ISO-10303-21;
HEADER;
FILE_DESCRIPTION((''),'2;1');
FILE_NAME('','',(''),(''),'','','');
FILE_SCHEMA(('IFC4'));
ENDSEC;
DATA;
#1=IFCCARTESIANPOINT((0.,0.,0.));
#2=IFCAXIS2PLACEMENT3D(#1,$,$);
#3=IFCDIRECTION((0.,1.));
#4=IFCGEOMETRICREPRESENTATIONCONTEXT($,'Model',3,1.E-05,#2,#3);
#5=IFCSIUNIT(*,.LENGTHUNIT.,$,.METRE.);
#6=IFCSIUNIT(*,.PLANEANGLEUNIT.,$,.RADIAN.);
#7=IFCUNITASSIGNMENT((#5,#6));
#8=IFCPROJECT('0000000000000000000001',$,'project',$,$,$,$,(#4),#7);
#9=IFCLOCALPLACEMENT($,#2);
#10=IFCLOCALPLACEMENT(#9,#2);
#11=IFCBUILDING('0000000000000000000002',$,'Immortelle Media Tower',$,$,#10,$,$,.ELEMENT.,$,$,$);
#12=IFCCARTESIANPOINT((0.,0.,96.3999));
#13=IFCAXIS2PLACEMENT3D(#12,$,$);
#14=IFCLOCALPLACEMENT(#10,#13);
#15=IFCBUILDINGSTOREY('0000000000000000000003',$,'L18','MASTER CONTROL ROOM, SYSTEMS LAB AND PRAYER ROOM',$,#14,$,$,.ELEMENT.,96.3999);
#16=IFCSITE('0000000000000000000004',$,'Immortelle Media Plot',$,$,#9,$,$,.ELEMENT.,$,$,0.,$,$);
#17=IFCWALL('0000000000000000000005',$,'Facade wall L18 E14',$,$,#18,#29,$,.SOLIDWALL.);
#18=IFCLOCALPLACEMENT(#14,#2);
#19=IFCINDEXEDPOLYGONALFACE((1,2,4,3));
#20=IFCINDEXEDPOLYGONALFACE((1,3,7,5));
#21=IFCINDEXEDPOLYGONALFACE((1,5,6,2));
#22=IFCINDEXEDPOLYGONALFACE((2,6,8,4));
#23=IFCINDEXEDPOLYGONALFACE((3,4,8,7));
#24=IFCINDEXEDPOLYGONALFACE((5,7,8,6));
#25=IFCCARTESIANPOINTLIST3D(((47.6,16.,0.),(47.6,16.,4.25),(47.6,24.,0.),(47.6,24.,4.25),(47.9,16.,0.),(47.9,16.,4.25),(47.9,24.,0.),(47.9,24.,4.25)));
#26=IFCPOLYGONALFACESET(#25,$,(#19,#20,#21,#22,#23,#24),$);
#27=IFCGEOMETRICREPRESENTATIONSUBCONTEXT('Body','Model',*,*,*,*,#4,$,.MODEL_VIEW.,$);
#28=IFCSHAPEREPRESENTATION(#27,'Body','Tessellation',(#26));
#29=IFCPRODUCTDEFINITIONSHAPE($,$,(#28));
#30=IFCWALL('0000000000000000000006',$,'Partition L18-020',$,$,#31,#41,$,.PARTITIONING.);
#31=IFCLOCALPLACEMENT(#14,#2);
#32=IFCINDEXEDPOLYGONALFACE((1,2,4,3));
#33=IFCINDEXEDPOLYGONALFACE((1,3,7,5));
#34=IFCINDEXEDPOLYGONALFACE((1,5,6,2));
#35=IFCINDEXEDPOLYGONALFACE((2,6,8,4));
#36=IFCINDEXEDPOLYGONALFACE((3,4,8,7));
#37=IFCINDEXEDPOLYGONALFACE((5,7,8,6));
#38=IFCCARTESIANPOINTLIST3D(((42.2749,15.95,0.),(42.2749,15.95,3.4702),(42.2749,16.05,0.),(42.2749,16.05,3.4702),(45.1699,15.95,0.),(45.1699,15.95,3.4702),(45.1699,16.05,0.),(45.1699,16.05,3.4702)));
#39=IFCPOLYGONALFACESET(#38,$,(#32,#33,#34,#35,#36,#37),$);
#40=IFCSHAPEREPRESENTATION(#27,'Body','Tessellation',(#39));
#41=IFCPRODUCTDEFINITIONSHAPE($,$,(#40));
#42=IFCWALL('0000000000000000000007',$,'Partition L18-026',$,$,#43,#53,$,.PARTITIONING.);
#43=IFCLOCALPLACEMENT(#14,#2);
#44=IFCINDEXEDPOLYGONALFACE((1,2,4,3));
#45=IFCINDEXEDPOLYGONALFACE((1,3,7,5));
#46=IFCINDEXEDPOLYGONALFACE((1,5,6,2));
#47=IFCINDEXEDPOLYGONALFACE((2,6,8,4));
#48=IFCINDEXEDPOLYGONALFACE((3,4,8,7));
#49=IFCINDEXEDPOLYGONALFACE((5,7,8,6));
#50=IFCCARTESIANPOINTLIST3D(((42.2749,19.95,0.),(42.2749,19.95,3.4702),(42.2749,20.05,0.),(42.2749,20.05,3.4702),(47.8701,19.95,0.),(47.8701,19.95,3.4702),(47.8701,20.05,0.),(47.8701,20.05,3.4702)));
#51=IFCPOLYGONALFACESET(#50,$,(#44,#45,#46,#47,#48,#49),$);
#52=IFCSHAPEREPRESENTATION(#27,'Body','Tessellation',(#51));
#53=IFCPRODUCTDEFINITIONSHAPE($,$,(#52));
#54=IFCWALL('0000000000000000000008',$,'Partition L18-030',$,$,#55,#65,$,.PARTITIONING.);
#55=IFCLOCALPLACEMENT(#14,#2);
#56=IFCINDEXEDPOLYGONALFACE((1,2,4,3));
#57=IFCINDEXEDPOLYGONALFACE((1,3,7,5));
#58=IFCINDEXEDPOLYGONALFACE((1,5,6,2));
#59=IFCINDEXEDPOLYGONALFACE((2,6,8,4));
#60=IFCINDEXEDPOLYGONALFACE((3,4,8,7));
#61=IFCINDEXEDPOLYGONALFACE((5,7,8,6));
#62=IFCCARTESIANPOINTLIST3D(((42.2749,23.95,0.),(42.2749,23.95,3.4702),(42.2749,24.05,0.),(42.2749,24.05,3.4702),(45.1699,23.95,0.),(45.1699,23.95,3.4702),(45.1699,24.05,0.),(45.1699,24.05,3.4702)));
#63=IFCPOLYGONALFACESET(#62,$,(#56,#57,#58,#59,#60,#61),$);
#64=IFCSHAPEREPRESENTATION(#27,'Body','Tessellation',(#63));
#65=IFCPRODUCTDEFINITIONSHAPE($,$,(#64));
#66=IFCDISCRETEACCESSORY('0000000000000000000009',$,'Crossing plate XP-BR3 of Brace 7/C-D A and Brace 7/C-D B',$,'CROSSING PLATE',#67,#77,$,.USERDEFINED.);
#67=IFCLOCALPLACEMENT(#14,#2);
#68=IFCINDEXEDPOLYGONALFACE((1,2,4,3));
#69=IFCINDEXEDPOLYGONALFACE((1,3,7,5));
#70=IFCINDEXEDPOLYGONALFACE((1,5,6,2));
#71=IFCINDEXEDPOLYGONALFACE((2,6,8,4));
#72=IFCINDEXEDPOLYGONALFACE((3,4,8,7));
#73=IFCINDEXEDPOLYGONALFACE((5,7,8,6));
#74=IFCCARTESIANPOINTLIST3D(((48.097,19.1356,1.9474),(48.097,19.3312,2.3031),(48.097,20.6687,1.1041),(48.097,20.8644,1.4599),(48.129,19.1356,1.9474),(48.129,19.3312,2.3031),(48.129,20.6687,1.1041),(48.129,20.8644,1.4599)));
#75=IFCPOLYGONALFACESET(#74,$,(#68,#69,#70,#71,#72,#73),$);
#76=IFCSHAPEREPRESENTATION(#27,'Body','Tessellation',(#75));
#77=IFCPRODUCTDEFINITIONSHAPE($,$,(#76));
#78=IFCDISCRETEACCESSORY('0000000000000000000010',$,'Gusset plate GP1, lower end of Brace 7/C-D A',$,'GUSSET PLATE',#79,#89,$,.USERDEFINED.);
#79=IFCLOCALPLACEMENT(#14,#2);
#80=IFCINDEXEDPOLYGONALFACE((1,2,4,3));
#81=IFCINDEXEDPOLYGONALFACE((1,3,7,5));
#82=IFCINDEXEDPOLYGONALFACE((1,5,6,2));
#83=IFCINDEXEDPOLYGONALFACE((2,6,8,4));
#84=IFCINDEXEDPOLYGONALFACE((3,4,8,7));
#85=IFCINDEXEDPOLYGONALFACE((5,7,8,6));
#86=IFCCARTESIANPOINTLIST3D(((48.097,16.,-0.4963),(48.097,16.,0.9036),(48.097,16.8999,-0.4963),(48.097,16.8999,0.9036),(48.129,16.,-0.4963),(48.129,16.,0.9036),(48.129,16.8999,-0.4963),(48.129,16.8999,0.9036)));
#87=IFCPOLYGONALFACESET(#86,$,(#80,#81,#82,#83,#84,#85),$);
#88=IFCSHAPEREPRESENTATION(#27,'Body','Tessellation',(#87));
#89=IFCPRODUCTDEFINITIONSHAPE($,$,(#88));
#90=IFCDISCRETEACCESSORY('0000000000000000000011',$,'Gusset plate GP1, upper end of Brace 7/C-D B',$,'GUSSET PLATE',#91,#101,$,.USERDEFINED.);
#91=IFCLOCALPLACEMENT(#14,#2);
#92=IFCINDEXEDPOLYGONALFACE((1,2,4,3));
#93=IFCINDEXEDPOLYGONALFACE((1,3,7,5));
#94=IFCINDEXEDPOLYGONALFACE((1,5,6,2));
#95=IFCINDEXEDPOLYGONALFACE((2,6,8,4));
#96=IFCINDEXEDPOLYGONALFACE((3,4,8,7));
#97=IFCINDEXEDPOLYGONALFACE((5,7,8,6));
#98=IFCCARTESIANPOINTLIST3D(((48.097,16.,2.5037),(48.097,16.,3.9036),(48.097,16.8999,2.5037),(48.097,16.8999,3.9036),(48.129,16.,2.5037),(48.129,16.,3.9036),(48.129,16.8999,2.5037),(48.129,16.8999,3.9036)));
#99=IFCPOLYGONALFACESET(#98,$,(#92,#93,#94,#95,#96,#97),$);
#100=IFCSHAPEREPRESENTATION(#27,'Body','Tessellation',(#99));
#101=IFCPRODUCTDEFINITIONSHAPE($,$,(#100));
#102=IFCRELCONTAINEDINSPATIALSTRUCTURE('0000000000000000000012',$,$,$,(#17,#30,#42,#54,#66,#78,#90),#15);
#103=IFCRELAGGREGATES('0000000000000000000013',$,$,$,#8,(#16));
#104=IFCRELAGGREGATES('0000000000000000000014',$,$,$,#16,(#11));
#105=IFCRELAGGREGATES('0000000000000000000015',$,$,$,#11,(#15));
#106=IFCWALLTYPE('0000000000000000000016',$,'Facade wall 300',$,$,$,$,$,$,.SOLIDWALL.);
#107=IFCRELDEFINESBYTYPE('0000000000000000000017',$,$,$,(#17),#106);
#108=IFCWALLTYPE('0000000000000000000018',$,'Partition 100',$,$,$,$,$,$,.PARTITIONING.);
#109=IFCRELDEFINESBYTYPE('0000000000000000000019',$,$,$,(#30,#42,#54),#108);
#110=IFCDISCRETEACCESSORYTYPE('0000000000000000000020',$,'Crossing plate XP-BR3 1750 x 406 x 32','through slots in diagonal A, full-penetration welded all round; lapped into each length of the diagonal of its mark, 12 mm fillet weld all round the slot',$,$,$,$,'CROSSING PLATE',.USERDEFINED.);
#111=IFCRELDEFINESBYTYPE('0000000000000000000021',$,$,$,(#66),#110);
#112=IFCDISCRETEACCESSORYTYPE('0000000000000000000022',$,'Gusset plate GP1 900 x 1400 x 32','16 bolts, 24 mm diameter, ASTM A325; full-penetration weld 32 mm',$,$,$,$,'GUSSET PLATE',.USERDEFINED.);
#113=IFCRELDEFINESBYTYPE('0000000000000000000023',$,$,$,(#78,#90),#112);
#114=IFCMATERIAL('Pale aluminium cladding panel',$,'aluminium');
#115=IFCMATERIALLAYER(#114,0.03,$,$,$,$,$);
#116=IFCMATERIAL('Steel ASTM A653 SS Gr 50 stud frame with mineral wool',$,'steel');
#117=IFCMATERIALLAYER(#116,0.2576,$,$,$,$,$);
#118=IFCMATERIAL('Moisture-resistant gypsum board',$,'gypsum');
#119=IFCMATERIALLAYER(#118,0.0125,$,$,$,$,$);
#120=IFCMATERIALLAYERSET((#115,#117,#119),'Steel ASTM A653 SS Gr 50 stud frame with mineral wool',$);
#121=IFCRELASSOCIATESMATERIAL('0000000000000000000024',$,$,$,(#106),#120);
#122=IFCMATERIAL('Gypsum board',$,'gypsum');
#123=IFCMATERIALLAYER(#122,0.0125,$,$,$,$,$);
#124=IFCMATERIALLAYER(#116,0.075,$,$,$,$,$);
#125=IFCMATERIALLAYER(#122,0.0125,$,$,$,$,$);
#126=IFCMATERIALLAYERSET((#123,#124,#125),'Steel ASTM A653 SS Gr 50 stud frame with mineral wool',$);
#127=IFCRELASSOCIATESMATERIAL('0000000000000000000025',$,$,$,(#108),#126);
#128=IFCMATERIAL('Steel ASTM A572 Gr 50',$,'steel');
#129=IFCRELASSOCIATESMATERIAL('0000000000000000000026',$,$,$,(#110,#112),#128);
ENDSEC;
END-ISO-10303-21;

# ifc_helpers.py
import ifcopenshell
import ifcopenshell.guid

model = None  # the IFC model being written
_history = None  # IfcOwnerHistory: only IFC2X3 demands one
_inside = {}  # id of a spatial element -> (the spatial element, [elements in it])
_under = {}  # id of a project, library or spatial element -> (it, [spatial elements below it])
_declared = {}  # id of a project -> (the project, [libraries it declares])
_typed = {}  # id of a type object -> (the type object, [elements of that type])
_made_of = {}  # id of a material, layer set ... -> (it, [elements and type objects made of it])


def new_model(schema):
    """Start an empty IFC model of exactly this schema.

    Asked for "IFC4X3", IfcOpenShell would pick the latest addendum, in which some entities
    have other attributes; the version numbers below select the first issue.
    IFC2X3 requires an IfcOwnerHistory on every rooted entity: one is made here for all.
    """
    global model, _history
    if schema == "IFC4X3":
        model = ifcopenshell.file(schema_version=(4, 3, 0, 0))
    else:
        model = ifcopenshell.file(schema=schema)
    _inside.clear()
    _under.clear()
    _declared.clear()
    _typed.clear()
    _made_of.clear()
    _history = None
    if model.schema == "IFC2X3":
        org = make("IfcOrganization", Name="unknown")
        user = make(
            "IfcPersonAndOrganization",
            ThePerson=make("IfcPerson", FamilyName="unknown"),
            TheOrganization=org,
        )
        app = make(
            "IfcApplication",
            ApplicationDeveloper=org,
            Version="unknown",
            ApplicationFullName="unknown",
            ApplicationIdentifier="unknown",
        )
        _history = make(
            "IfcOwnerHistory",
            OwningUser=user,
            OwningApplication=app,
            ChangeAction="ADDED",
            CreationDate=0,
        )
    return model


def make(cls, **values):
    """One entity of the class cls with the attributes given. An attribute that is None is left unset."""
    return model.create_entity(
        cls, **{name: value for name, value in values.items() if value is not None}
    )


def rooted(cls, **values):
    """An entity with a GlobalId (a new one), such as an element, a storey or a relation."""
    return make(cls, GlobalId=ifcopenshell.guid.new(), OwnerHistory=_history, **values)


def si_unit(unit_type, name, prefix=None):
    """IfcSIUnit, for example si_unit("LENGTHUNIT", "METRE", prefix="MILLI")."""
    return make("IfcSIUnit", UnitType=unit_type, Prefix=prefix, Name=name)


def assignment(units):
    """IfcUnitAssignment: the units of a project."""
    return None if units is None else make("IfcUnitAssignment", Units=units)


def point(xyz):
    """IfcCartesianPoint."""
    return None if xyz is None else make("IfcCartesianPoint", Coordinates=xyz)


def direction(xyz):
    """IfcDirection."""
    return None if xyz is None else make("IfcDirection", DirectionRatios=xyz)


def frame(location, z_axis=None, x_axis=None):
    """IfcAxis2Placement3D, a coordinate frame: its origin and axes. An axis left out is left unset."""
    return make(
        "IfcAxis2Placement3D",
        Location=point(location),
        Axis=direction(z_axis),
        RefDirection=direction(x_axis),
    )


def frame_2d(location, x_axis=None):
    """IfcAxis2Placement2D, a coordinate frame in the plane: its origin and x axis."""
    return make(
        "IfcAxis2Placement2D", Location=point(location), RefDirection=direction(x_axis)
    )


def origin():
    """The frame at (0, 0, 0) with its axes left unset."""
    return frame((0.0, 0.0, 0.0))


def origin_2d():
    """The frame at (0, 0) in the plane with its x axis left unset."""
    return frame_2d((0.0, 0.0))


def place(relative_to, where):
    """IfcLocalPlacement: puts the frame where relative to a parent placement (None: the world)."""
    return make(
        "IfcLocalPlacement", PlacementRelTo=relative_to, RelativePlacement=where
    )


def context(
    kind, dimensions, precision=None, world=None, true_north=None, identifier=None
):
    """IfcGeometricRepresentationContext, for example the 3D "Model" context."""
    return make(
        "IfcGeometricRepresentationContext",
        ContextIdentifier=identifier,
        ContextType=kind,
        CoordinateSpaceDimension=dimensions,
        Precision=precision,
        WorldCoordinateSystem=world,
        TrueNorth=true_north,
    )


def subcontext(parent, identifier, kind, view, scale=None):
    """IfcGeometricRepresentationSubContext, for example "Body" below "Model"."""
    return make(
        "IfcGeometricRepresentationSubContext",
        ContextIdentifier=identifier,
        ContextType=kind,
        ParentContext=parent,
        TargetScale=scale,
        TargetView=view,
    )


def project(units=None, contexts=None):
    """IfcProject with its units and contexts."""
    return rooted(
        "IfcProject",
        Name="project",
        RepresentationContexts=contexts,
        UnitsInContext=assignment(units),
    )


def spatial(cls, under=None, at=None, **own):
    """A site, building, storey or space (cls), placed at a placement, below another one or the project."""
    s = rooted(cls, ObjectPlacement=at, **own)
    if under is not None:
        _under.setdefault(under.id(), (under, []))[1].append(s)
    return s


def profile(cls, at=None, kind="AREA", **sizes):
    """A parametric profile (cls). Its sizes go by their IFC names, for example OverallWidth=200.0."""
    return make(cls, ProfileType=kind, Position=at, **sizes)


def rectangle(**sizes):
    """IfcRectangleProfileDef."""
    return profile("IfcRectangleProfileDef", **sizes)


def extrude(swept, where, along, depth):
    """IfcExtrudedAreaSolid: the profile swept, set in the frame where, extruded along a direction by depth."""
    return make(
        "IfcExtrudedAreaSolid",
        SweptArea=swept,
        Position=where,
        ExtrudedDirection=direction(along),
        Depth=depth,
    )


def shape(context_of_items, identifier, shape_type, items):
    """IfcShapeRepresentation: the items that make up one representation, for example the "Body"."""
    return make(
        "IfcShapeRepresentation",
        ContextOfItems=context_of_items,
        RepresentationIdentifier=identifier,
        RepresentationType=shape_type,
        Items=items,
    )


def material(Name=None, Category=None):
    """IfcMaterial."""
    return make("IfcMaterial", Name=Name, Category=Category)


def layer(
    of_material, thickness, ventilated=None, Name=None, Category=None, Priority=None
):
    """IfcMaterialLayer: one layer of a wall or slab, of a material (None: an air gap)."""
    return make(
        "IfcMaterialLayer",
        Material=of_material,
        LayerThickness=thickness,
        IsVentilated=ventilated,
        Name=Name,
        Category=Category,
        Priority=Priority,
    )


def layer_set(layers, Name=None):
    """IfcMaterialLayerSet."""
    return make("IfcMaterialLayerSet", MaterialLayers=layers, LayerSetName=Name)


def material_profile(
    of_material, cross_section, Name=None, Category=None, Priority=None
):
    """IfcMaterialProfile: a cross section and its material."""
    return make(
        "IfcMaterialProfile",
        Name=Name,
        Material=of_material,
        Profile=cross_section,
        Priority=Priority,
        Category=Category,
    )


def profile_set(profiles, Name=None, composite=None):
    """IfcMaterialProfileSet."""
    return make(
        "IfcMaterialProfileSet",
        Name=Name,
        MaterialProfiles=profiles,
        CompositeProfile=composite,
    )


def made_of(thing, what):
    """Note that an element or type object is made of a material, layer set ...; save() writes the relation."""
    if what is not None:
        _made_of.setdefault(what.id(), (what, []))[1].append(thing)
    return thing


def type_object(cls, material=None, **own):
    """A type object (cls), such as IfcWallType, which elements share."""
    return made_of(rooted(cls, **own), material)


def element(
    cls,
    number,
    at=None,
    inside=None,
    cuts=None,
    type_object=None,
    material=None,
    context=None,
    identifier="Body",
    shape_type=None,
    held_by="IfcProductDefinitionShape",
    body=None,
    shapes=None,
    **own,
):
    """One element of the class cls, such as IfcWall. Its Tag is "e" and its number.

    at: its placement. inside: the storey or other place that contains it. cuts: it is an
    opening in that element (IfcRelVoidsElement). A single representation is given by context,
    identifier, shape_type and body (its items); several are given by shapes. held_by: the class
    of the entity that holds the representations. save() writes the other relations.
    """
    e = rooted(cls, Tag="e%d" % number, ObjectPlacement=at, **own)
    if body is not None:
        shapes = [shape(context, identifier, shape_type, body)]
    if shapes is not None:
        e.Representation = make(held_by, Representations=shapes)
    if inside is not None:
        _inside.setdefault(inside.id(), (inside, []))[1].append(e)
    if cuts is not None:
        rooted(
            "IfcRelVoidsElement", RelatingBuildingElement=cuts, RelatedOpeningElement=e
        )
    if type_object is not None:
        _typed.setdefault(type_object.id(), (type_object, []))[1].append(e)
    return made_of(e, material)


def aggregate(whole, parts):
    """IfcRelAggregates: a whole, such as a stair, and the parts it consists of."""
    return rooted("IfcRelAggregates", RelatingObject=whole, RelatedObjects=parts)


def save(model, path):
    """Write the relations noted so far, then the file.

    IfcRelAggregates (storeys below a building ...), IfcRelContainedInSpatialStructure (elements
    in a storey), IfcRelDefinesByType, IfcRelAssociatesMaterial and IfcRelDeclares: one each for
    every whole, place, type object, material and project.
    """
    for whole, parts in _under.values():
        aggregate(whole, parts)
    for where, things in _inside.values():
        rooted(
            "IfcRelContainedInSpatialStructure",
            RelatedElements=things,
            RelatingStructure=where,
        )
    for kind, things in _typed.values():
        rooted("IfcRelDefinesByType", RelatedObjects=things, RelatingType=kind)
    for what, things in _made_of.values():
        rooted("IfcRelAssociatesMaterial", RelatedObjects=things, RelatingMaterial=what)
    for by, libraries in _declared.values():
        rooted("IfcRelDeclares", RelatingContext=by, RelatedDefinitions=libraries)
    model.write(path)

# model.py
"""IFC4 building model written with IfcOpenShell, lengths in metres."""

from ifc_helpers import new_model, si_unit, direction, frame, frame_2d, origin, origin_2d, place, context, subcontext, project, spatial, rectangle, extrude, material, layer, layer_set, material_profile, profile_set, type_object, element, save


model = new_model("IFC4")

# Units and contexts
model_context = context("Model", 3, precision=1e-05, world=origin(), true_north=direction((0.0, 1.0)))
body_context = subcontext(model_context, "Body", "Model", "MODEL_VIEW")
ifc_project = project(units=[si_unit("LENGTHUNIT", "METRE"), si_unit("PLANEANGLEUNIT", "RADIAN")], contexts=[model_context])

# Site, building, storey
site_placement = place(None, origin())
site = spatial("IfcSite", under=ifc_project, at=site_placement, Name="Immortelle Media Plot", CompositionType="ELEMENT", RefElevation=0.0)
building_placement = place(site_placement, origin())
building = spatial("IfcBuilding", under=site, at=building_placement, Name="Immortelle Media Tower", CompositionType="ELEMENT")
storey_placement = place(building_placement, frame((0.0, 0.0, 96.3999)))
storey = spatial("IfcBuildingStorey", under=building, at=storey_placement, Name="L18", Description="MASTER CONTROL ROOM, SYSTEMS LAB AND PRAYER ROOM", CompositionType="ELEMENT", Elevation=96.3999)

# Shared definitions
ifc_material_1 = material(Name="Steel ASTM A653 SS Gr 50 stud frame with mineral wool", Category="steel")

# Walls
ifc_material_2 = material(Name="Pale aluminium cladding panel", Category="aluminium")
ifc_layer_1 = layer(ifc_material_2, 0.03)
ifc_layer_2 = layer(ifc_material_1, 0.2576)
ifc_material_3 = material(Name="Moisture-resistant gypsum board", Category="gypsum")
ifc_layer_3 = layer(ifc_material_3, 0.0125)
ifc_layer_set_1 = layer_set([ifc_layer_1, ifc_layer_2, ifc_layer_3], Name="Steel ASTM A653 SS Gr 50 stud frame with mineral wool")
wall_type_1 = type_object("IfcWallType", Name="Facade wall 300", PredefinedType="SOLIDWALL", material=ifc_layer_set_1)
wall_1_placement = place(storey_placement, frame((47.75, 16.0, 0.0), z_axis=(0.0, 0.0, 1.0), x_axis=(0.0, 1.0, 0.0)))
element("IfcWall", 1, at=wall_1_placement, inside=storey, type_object=wall_type_1, Name="Facade wall L18 E14", PredefinedType="SOLIDWALL", context=body_context, shape_type="SweptSolid", body=[
    extrude(rectangle(XDim=8.0, YDim=0.3, at=frame_2d((4.0, 0.0))), origin(), (0.0, 0.0, 1.0), 4.25),
])
ifc_material_4 = material(Name="Gypsum board", Category="gypsum")
ifc_layer_4 = layer(ifc_material_4, 0.0125)
ifc_layer_5 = layer(ifc_material_1, 0.075)
ifc_layer_6 = layer(ifc_material_4, 0.0125)
ifc_layer_set_2 = layer_set([ifc_layer_4, ifc_layer_5, ifc_layer_6], Name="Steel ASTM A653 SS Gr 50 stud frame with mineral wool")
wall_type_2 = type_object("IfcWallType", Name="Partition 100", PredefinedType="PARTITIONING", material=ifc_layer_set_2)
wall_2_placement = place(storey_placement, frame((42.2749, 16.0, 0.0), z_axis=(0.0, 0.0, 1.0), x_axis=(1.0, 0.0, 0.0)))
element("IfcWall", 2, at=wall_2_placement, inside=storey, type_object=wall_type_2, Name="Partition L18-020", PredefinedType="PARTITIONING", context=body_context, shape_type="SweptSolid", body=[
    extrude(rectangle(XDim=2.895, YDim=0.1001, at=frame_2d((1.4475, 0.0))), origin(), (0.0, 0.0, 1.0), 3.4702),
])
wall_3_placement = place(storey_placement, frame((42.2749, 20.0, 0.0), z_axis=(0.0, 0.0, 1.0), x_axis=(1.0, 0.0, 0.0)))
element("IfcWall", 3, at=wall_3_placement, inside=storey, type_object=wall_type_2, Name="Partition L18-026", PredefinedType="PARTITIONING", context=body_context, shape_type="SweptSolid", body=[
    extrude(rectangle(XDim=5.5952, YDim=0.1001, at=frame_2d((2.7976, 0.0))), origin(), (0.0, 0.0, 1.0), 3.4702),
])
wall_4_placement = place(storey_placement, frame((42.2749, 24.0, 0.0), z_axis=(0.0, 0.0, 1.0), x_axis=(1.0, 0.0, 0.0)))
element("IfcWall", 4, at=wall_4_placement, inside=storey, type_object=wall_type_2, Name="Partition L18-030", PredefinedType="PARTITIONING", context=body_context, shape_type="SweptSolid", body=[
    extrude(rectangle(XDim=2.895, YDim=0.1001, at=frame_2d((1.4475, 0.0))), origin(), (0.0, 0.0, 1.0), 3.4702),
])

# Discrete accessories
ifc_material_5 = material(Name="Steel ASTM A572 Gr 50", Category="steel")
ifc_material_profile_1 = material_profile(ifc_material_5, rectangle(XDim=0.032, YDim=0.406, at=origin_2d()), Name="PL 32 x 406")
ifc_profile_set_1 = profile_set([ifc_material_profile_1], Name="Steel ASTM A572 Gr 50")
discrete_accessory_type_1 = type_object("IfcDiscreteAccessoryType", Name="Crossing plate XP-BR3 1750 x 406 x 32", Description="through slots in diagonal A, full-penetration welded all round; lapped into each length of the diagonal of its mark, 12 mm fillet weld all round the slot", ElementType="CROSSING PLATE", PredefinedType="USERDEFINED", material=ifc_profile_set_1)
discrete_accessory_placement = place(storey_placement, frame((48.113, 19.2334, 2.1252), z_axis=(0.0, 0.876216, -0.481919), x_axis=(-1.0, 0.0, 0.0)))
element("IfcDiscreteAccessory", 5, at=discrete_accessory_placement, inside=storey, type_object=discrete_accessory_type_1, Name="Crossing plate XP-BR3 of Brace 7/C-D A and Brace 7/C-D B", ObjectType="CROSSING PLATE", PredefinedType="USERDEFINED", context=body_context, shape_type="SweptSolid", body=[
    extrude(rectangle(XDim=0.032, YDim=0.406, at=origin_2d()), origin(), (0.0, 0.0, 1.0), 1.7498),
])
ifc_material_profile_2 = material_profile(ifc_material_5, rectangle(XDim=0.032, YDim=1.3999, at=origin_2d()), Name="PL 32 x 1400")
ifc_profile_set_2 = profile_set([ifc_material_profile_2], Name="Steel ASTM A572 Gr 50")
discrete_accessory_type_2 = type_object("IfcDiscreteAccessoryType", Name="Gusset plate GP1 900 x 1400 x 32", Description="16 bolts, 24 mm diameter, ASTM A325; full-penetration weld 32 mm", ElementType="GUSSET PLATE", PredefinedType="USERDEFINED", material=ifc_profile_set_2)
for number, where, z_axis, x_axis, name in (
    (6, (48.113, 16.0, 0.2036), (0.0, 1.0, 0.0), (-1.0, 0.0, 0.0), "Gusset plate GP1, lower end of Brace 7/C-D A"),
    (7, (48.113, 16.0, 3.2036), (0.0, 1.0, 0.0), (-1.0, 0.0, 0.0), "Gusset plate GP1, upper end of Brace 7/C-D B"),
):
    element("IfcDiscreteAccessory", number, at=place(storey_placement, frame(where, z_axis=z_axis, x_axis=x_axis)), inside=storey, type_object=discrete_accessory_type_2, Name=name, ObjectType="GUSSET PLATE", PredefinedType="USERDEFINED", context=body_context, shape_type="SweptSolid", body=[
        extrude(rectangle(XDim=0.032, YDim=1.3999, at=origin_2d()), origin(), (0.0, 0.0, 1.0), 0.8999),
    ])

save(model, "model.ifc")
